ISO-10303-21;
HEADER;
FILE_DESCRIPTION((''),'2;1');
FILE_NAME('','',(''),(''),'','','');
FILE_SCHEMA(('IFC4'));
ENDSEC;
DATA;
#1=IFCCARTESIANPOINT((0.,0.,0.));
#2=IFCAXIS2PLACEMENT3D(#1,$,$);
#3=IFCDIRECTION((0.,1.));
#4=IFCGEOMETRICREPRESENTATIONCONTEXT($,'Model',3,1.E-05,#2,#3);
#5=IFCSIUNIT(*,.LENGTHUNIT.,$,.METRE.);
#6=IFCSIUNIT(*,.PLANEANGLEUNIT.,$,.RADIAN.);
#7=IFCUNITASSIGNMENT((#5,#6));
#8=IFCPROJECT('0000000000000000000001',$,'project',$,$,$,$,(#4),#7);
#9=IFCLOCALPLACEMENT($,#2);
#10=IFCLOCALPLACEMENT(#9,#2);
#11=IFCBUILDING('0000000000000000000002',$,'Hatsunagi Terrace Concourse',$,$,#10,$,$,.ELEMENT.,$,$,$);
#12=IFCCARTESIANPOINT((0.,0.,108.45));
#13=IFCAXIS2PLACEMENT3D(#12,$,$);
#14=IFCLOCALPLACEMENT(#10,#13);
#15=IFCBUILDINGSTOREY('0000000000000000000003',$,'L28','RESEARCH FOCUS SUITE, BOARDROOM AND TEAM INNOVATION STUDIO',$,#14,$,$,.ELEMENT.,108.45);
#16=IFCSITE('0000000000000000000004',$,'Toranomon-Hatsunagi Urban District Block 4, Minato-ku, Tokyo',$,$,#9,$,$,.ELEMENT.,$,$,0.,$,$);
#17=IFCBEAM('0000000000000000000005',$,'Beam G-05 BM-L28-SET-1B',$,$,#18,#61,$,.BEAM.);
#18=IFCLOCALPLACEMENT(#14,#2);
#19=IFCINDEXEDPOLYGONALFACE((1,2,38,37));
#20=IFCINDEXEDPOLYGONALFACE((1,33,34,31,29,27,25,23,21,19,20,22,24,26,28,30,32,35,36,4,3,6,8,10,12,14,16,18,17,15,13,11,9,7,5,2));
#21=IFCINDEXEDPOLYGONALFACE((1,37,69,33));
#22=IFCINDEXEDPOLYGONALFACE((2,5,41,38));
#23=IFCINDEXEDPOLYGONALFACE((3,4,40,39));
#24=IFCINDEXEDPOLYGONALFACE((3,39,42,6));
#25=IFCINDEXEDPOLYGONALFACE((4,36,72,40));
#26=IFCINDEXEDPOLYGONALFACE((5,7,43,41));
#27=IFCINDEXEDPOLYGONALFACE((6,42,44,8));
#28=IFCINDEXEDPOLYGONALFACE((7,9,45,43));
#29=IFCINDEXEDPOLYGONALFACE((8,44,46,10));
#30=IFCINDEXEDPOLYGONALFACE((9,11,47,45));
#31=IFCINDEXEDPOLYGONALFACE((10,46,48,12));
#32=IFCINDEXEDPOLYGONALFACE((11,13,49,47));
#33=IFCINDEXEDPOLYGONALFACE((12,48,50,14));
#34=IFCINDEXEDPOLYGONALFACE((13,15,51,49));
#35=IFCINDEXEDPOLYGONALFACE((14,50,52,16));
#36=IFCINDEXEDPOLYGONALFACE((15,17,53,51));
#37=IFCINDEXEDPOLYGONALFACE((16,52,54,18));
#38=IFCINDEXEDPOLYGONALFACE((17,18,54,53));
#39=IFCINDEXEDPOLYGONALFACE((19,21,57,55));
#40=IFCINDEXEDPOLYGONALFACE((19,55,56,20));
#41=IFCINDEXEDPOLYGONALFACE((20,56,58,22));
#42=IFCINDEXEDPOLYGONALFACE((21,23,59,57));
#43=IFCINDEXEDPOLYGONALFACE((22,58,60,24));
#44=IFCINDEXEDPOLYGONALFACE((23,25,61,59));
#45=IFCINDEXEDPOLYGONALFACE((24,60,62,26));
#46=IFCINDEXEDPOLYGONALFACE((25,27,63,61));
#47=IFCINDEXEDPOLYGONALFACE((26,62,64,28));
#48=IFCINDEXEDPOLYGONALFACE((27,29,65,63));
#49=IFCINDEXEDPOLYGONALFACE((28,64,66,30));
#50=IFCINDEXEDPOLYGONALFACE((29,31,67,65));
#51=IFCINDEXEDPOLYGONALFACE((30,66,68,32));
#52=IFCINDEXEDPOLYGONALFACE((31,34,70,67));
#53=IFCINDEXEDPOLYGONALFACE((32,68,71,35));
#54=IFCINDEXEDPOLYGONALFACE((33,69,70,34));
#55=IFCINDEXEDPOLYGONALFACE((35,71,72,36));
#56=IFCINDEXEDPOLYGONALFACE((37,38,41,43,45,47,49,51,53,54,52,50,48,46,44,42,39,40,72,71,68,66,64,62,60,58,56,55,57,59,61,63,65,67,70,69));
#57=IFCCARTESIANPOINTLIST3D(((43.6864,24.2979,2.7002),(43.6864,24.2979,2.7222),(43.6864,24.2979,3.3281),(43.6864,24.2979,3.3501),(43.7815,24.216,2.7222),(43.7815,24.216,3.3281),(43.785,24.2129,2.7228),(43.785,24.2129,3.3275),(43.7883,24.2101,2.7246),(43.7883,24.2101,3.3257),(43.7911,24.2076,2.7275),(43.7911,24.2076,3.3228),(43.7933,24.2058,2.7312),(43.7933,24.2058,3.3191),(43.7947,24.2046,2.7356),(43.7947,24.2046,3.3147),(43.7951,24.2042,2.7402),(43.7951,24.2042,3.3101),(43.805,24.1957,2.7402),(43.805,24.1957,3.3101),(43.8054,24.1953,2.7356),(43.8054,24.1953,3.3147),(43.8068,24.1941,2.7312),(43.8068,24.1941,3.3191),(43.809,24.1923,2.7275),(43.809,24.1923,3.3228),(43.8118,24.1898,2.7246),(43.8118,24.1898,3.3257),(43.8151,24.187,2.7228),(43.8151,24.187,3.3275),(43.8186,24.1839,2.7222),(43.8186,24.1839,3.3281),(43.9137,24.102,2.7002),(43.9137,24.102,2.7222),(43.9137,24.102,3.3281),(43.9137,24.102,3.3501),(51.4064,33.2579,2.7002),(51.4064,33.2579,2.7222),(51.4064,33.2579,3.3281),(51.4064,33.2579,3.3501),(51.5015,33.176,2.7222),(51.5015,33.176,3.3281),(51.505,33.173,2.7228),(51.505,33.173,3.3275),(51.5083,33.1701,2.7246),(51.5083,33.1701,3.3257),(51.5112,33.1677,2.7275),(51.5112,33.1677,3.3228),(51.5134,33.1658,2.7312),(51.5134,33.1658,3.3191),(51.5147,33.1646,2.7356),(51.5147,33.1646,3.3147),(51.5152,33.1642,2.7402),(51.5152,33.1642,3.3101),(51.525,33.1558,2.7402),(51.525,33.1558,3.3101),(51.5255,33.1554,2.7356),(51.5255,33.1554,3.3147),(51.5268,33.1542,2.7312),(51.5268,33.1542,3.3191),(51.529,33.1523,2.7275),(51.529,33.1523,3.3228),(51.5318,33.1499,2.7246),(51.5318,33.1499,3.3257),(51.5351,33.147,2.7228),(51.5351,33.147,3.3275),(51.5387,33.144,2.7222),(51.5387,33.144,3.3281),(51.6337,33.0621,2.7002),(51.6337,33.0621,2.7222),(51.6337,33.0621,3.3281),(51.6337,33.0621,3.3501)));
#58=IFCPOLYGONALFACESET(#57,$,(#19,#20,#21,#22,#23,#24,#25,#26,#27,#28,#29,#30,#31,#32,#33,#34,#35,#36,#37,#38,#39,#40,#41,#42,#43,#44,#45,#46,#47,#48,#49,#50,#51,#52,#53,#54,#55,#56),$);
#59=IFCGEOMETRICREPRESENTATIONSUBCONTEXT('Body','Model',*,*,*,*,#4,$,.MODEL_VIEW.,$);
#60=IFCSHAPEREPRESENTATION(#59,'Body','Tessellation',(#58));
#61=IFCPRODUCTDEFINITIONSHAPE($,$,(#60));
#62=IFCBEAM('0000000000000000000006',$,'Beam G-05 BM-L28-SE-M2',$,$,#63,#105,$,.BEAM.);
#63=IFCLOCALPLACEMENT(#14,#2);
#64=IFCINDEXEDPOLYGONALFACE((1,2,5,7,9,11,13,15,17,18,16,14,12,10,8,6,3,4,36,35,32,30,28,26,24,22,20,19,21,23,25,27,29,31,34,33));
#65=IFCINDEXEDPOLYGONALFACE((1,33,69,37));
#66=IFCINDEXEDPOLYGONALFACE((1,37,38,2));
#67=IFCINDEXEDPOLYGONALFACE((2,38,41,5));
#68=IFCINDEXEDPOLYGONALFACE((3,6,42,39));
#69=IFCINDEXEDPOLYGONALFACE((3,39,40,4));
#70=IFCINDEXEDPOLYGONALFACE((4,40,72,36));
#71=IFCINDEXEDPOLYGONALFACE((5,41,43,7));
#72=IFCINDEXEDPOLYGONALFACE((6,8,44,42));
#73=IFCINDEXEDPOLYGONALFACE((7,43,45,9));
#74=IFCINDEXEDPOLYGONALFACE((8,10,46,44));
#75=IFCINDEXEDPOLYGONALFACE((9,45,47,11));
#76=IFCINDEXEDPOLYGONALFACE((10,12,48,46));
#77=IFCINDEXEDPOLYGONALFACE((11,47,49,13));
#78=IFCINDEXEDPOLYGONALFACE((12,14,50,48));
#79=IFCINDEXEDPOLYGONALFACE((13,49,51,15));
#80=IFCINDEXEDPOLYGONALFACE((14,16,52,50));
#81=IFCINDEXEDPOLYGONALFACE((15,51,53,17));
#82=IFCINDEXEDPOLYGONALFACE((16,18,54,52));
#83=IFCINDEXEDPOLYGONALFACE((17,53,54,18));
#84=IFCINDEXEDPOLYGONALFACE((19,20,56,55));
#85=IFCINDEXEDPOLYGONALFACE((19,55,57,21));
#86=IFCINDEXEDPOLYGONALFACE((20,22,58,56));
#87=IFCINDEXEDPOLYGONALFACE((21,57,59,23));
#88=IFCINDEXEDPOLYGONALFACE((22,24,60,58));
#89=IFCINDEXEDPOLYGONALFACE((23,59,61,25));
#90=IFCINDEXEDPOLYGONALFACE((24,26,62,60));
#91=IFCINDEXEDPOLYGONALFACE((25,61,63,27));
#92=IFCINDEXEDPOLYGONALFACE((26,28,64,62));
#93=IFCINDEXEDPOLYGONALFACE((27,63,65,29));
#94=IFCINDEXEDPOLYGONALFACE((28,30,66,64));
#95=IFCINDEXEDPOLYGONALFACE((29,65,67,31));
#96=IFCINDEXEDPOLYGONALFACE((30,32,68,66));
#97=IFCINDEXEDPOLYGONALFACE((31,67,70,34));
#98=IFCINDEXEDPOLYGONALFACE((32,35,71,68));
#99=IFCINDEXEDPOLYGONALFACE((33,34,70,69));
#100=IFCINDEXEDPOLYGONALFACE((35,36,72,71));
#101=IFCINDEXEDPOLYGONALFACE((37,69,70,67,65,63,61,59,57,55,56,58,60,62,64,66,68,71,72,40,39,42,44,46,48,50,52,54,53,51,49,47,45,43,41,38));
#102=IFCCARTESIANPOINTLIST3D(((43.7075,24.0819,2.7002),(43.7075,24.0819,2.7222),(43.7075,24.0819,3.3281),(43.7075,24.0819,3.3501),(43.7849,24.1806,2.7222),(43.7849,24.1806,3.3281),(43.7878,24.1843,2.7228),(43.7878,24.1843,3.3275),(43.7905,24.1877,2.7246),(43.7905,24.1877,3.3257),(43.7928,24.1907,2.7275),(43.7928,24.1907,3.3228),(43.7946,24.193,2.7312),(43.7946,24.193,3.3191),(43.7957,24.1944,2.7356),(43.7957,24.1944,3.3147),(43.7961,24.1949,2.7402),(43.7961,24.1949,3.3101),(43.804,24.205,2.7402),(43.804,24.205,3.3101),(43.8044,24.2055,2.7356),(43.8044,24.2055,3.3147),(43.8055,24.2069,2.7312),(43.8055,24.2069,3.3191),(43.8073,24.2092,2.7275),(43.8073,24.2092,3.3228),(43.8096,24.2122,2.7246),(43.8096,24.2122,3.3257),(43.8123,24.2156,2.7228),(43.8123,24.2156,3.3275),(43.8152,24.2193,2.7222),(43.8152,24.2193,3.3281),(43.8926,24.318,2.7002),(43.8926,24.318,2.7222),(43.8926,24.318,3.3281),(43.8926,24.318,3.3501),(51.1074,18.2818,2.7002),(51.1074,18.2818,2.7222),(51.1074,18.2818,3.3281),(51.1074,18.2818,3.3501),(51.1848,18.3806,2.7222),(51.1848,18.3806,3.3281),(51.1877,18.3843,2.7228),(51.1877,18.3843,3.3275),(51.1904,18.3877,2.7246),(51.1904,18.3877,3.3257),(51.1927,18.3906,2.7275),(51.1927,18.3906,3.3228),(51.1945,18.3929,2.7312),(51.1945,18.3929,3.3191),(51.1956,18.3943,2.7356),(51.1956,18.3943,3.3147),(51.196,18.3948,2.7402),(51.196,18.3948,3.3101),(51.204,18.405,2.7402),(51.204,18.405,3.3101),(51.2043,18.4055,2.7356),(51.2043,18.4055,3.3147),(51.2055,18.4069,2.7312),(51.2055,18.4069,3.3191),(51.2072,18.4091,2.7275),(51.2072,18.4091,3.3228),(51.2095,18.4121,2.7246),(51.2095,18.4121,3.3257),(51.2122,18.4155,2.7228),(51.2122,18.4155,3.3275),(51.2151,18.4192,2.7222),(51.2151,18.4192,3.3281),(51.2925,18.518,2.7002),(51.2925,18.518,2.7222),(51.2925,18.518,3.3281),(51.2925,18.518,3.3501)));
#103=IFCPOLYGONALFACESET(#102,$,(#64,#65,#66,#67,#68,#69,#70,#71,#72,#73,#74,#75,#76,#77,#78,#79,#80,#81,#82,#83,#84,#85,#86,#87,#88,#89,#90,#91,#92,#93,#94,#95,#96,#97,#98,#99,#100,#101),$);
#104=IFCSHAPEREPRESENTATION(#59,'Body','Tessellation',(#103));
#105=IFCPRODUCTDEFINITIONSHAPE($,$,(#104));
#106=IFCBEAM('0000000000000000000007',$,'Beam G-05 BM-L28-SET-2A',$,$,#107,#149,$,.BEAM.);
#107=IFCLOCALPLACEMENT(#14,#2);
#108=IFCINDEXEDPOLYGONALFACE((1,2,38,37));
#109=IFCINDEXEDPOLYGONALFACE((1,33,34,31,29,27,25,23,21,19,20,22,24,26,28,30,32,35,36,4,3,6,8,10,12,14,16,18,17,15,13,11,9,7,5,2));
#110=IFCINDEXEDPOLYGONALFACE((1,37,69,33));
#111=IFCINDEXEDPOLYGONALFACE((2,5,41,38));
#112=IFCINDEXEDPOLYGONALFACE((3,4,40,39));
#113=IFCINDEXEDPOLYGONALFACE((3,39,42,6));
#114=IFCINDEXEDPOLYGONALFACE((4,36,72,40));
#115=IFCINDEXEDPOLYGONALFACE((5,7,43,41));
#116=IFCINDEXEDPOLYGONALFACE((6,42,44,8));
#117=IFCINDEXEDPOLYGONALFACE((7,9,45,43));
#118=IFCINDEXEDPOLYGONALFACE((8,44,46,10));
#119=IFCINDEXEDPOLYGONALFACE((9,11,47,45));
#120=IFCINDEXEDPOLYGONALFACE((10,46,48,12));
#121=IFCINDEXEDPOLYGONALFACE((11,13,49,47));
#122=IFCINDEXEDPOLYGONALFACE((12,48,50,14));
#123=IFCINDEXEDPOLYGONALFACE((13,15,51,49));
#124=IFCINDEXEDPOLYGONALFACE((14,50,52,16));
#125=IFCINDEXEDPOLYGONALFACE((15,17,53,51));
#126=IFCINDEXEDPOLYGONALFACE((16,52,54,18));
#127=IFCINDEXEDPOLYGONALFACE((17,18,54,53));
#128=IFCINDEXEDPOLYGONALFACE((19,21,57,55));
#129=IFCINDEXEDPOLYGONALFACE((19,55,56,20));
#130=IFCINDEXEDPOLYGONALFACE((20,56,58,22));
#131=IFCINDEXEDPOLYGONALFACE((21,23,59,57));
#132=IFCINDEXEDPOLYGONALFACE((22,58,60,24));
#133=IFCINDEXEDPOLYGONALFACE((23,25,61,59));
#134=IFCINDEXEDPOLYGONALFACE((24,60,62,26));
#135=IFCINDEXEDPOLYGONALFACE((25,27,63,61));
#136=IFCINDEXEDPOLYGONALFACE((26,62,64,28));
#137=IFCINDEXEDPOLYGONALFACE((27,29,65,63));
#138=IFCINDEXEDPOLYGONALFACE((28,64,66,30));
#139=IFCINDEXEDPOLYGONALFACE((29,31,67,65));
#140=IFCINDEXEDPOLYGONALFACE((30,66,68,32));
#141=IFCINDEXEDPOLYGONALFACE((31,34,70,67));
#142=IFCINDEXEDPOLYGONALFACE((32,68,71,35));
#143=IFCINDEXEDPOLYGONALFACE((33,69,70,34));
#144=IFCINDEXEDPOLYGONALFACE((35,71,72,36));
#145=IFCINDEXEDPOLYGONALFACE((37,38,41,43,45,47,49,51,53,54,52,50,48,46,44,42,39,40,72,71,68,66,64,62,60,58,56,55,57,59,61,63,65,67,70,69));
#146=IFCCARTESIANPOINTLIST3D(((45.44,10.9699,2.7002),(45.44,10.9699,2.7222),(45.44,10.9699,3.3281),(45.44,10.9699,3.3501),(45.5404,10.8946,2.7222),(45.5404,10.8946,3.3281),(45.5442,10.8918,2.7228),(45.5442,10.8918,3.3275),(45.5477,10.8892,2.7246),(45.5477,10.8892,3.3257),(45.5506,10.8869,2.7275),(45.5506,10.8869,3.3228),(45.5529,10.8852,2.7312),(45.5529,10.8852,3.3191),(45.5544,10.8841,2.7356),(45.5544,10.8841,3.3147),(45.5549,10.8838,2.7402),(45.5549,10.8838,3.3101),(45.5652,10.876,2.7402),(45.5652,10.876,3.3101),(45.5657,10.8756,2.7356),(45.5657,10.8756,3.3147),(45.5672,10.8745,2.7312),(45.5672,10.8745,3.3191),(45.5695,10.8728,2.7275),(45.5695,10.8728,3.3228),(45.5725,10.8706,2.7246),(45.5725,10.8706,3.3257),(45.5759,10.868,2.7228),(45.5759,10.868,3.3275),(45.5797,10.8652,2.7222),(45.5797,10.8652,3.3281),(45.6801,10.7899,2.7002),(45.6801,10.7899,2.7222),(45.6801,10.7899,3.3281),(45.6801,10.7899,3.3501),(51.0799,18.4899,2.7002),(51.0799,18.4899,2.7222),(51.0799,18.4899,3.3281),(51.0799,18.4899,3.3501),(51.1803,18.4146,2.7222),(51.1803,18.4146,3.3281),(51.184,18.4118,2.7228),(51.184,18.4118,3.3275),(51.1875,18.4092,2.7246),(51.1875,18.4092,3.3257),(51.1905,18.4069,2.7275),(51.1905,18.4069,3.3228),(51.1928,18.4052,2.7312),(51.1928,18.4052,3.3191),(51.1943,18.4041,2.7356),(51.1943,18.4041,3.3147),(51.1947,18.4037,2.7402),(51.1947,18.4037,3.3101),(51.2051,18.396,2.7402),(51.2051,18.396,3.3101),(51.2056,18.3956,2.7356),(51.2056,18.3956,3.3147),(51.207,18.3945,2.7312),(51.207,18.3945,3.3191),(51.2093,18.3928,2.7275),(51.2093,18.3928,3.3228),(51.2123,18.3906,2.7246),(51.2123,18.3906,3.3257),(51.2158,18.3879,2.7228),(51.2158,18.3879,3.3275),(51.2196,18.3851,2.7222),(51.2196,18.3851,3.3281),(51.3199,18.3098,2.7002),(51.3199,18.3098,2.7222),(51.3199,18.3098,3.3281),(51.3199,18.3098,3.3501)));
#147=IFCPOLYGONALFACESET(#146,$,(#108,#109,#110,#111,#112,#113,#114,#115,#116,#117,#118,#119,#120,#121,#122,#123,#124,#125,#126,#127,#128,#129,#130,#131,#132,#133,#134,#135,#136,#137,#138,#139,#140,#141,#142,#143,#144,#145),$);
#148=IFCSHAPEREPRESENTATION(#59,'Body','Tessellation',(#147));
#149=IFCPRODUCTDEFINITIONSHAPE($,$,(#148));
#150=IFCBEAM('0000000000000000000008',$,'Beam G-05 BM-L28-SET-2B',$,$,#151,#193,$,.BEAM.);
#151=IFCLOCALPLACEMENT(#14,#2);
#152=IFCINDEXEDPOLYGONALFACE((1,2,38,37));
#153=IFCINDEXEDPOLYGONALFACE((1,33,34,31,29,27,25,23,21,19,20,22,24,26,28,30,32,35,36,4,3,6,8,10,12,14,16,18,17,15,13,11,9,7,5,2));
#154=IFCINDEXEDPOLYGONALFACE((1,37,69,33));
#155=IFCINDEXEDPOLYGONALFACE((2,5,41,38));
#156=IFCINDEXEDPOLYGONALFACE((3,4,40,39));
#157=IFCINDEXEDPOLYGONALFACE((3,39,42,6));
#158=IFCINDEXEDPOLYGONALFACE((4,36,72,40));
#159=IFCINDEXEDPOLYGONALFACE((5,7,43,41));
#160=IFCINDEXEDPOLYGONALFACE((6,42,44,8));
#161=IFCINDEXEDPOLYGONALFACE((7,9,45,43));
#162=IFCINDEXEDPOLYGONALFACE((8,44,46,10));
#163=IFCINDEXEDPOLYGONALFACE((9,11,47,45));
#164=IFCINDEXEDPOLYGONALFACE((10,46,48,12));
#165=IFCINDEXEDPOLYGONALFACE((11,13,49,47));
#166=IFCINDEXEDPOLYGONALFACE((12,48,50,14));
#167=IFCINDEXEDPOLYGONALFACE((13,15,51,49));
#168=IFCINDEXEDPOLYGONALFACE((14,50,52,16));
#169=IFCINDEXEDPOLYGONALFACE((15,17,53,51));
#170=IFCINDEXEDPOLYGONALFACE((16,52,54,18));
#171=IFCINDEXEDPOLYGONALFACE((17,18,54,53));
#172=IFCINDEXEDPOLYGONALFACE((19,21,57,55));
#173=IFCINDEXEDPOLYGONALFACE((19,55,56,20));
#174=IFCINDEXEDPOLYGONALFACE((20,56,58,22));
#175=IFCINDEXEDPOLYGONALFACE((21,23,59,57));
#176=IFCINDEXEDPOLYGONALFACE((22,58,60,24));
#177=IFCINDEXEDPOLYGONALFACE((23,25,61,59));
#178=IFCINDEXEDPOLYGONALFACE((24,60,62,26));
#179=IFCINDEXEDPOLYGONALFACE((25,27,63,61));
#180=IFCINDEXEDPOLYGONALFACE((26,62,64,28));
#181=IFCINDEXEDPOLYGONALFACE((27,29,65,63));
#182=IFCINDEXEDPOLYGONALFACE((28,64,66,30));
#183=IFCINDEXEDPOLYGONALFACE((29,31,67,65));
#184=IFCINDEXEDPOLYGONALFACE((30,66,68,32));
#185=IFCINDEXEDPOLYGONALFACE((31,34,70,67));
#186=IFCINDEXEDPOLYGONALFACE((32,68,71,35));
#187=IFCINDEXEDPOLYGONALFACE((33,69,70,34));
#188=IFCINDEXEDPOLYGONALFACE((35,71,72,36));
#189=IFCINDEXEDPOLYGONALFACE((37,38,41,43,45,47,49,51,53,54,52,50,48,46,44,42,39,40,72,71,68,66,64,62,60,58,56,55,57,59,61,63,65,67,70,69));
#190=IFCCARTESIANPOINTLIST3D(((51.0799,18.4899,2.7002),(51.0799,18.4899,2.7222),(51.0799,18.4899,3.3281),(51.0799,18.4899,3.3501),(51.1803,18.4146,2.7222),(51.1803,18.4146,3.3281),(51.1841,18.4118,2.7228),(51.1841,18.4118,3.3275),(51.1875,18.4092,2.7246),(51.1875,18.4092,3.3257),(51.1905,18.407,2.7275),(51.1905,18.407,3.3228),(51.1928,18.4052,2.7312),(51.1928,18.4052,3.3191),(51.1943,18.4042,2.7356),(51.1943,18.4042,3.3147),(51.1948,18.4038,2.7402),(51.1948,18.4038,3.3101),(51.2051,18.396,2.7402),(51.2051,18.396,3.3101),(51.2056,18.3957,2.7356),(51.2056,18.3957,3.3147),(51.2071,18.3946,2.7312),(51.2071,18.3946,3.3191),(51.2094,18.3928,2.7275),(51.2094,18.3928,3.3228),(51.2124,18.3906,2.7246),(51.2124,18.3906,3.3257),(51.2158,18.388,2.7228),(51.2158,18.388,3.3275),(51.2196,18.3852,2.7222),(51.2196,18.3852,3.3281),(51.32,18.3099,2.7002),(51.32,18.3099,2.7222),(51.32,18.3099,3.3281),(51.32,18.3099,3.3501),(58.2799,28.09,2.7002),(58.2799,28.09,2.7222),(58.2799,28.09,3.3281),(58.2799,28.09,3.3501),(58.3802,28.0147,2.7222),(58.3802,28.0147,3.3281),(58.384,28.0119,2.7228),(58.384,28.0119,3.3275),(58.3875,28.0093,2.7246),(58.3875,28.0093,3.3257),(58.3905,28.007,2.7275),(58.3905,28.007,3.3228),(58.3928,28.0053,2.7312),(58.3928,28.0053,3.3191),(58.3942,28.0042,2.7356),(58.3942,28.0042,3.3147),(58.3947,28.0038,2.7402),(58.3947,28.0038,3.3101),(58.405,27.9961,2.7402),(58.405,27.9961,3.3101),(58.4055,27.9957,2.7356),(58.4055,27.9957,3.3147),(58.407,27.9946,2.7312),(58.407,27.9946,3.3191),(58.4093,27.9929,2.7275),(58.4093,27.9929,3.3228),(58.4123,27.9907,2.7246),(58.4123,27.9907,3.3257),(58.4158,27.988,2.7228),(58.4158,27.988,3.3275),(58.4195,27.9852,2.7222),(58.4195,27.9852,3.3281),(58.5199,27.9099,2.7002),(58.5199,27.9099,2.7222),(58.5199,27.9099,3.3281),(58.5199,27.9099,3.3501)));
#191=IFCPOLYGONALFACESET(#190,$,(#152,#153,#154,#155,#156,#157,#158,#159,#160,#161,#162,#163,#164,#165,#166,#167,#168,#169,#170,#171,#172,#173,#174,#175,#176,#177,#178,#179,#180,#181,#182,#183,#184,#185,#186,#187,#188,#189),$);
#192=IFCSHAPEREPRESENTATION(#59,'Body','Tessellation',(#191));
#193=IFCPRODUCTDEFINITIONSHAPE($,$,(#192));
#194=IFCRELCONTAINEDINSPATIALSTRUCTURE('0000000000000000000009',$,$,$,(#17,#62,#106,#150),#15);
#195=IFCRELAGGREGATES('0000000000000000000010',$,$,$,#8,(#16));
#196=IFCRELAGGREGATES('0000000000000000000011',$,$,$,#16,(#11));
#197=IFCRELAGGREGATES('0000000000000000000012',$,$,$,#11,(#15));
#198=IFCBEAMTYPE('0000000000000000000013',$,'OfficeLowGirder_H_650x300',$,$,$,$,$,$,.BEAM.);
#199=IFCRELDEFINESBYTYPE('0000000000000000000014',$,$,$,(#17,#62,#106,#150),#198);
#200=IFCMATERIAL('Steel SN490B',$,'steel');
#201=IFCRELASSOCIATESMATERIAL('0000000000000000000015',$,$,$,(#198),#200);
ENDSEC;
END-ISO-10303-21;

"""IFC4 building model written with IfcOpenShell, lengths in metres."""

from ifc_helpers import new_model, si_unit, direction, frame, origin, origin_2d, place, context, subcontext, project, spatial, i_section, extrude, material, material_profile, profile_set, type_object, element, save


model = new_model("IFC4")

# Units and contexts
model_context = context("Model", 3, precision=1e-05, world=origin(), true_north=direction((0.0, 1.0)))
body_context = subcontext(model_context, "Body", "Model", "MODEL_VIEW")
ifc_project = project(units=[si_unit("LENGTHUNIT", "METRE"), si_unit("PLANEANGLEUNIT", "RADIAN")], contexts=[model_context])

# Site, building, storey
site_placement = place(None, origin())
site = spatial("IfcSite", under=ifc_project, at=site_placement, Name="Toranomon-Hatsunagi Urban District Block 4, Minato-ku, Tokyo", CompositionType="ELEMENT", RefElevation=0.0)
building_placement = place(site_placement, origin())
building = spatial("IfcBuilding", under=site, at=building_placement, Name="Hatsunagi Terrace Concourse", CompositionType="ELEMENT")
storey_placement = place(building_placement, frame((0.0, 0.0, 108.45)))
storey = spatial("IfcBuildingStorey", under=building, at=storey_placement, Name="L28", Description="RESEARCH FOCUS SUITE, BOARDROOM AND TEAM INNOVATION STUDIO", CompositionType="ELEMENT", Elevation=108.45)

# Beams
ifc_material_1 = material(Name="Steel SN490B", Category="steel")
ifc_material_profile_1 = material_profile(ifc_material_1, i_section(OverallWidth=0.3, OverallDepth=0.6499, WebThickness=0.0129, FlangeThickness=0.022, FilletRadius=0.0181, at=origin_2d()), Name="H-650x300x13x22")
ifc_profile_set_1 = profile_set([ifc_material_profile_1], Name="Steel SN490B")
beam_type_1 = type_object("IfcBeamType", Name="OfficeLowGirder_H_650x300", PredefinedType="BEAM", material=ifc_profile_set_1)
beam_1_placement = place(storey_placement, frame((43.8, 24.2, 3.0251), z_axis=(0.652739, 0.757583, 0.0), x_axis=(-0.757583, 0.652739, 0.0)))
element("IfcBeam", 1, at=beam_1_placement, inside=storey, type_object=beam_type_1, Name="Beam G-05 BM-L28-SET-1B", PredefinedType="BEAM", context=body_context, shape_type="SweptSolid", body=[
    extrude(i_section(OverallWidth=0.3, OverallDepth=0.6499, WebThickness=0.0129, FlangeThickness=0.022, FilletRadius=0.0181, at=origin_2d()), origin(), (0.0, 0.0, 1.0), 11.8271),
])
beam_2_placement = place(storey_placement, frame((43.8, 24.2, 3.0251), z_axis=(0.787049, -0.61689, 0.0), x_axis=(0.61689, 0.787049, 0.0)))
element("IfcBeam", 2, at=beam_2_placement, inside=storey, type_object=beam_type_1, Name="Beam G-05 BM-L28-SE-M2", PredefinedType="BEAM", context=body_context, shape_type="SweptSolid", body=[
    extrude(i_section(OverallWidth=0.3, OverallDepth=0.6499, WebThickness=0.0129, FlangeThickness=0.022, FilletRadius=0.0181, at=origin_2d()), origin(), (0.0, 0.0, 1.0), 9.4021),
])
beam_3_placement = place(storey_placement, frame((45.5601, 10.8799, 3.0251), z_axis=(0.599992, 0.800006, 0.0), x_axis=(-0.800006, 0.599992, 0.0)))
element("IfcBeam", 3, at=beam_3_placement, inside=storey, type_object=beam_type_1, Name="Beam G-05 BM-L28-SET-2A", PredefinedType="BEAM", context=body_context, shape_type="SweptSolid", body=[
    extrude(i_section(OverallWidth=0.3, OverallDepth=0.6499, WebThickness=0.0129, FlangeThickness=0.022, FilletRadius=0.0181, at=origin_2d()), origin(), (0.0, 0.0, 1.0), 9.3999),
])
beam_4_placement = place(storey_placement, frame((51.2, 18.3999, 3.0251), z_axis=(0.599993, 0.800005, 0.0), x_axis=(-0.800005, 0.599993, 0.0)))
element("IfcBeam", 4, at=beam_4_placement, inside=storey, type_object=beam_type_1, Name="Beam G-05 BM-L28-SET-2B", PredefinedType="BEAM", context=body_context, shape_type="SweptSolid", body=[
    extrude(i_section(OverallWidth=0.3, OverallDepth=0.6499, WebThickness=0.0129, FlangeThickness=0.022, FilletRadius=0.0181, at=origin_2d()), origin(), (0.0, 0.0, 1.0), 12.0),
])

save(model, "model.ifc")
